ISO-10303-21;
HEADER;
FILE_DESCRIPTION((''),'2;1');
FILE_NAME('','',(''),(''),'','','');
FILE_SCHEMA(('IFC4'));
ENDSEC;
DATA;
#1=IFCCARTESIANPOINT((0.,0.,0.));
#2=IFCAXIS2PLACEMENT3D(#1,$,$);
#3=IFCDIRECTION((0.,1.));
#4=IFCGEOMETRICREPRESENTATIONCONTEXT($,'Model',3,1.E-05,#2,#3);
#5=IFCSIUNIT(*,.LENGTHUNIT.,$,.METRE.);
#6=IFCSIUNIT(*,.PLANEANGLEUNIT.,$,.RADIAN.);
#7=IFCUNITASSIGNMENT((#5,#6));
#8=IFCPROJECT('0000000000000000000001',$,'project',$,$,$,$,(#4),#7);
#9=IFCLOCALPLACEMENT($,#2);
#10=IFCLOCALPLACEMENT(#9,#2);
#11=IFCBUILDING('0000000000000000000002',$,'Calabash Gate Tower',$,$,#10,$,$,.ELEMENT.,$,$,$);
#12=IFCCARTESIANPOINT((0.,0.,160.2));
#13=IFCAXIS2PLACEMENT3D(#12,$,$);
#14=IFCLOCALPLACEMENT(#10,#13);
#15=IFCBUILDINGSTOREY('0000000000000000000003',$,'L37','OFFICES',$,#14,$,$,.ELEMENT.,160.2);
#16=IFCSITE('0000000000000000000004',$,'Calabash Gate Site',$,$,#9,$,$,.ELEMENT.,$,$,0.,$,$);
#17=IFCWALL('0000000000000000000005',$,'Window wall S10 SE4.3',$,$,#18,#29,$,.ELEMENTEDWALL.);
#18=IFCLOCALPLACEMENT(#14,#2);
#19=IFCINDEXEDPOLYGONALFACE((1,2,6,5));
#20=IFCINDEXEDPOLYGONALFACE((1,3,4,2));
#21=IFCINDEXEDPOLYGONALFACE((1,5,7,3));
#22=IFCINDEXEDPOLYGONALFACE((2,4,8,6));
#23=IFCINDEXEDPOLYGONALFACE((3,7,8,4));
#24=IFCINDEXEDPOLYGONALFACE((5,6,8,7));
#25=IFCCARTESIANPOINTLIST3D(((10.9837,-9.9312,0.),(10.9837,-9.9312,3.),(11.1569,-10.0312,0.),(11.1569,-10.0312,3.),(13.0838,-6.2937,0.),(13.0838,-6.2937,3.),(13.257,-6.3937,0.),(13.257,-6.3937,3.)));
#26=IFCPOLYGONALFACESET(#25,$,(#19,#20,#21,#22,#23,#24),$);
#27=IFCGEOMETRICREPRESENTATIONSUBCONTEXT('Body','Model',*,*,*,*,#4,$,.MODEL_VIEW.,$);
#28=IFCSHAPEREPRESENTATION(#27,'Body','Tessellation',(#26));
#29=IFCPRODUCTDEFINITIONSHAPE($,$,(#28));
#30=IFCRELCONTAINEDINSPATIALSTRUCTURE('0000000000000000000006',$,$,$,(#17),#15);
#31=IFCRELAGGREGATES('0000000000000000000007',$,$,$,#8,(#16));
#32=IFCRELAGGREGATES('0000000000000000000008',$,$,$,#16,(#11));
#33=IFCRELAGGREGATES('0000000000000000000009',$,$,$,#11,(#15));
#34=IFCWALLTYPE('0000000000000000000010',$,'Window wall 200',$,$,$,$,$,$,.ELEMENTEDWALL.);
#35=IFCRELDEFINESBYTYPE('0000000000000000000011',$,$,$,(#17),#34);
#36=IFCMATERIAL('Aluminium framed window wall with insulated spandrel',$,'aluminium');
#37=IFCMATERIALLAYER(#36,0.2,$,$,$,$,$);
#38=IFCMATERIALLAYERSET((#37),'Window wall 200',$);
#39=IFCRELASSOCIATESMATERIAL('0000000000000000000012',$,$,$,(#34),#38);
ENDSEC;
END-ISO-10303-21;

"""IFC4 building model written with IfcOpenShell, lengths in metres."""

from ifc_helpers import new_model, si_unit, direction, frame, frame_2d, origin, place, context, subcontext, project, spatial, rectangle, extrude, material, layer, layer_set, type_object, element, save


model = new_model("IFC4")

# Units and contexts
model_context = context("Model", 3, precision=1e-05, world=origin(), true_north=direction((0.0, 1.0)))
body_context = subcontext(model_context, "Body", "Model", "MODEL_VIEW")
ifc_project = project(units=[si_unit("LENGTHUNIT", "METRE"), si_unit("PLANEANGLEUNIT", "RADIAN")], contexts=[model_context])

# Site, building, storey
site_placement = place(None, origin())
site = spatial("IfcSite", under=ifc_project, at=site_placement, Name="Calabash Gate Site", CompositionType="ELEMENT", RefElevation=0.0)
building_placement = place(site_placement, origin())
building = spatial("IfcBuilding", under=site, at=building_placement, Name="Calabash Gate Tower", CompositionType="ELEMENT")
storey_placement = place(building_placement, frame((0.0, 0.0, 160.2)))
storey = spatial("IfcBuildingStorey", under=building, at=storey_placement, Name="L37", Description="OFFICES", CompositionType="ELEMENT", Elevation=160.2)

# Shared definitions
ifc_material_1 = material(Name="Aluminium framed window wall with insulated spandrel", Category="aluminium")
ifc_layer_1 = layer(ifc_material_1, 0.2)
ifc_layer_set_1 = layer_set([ifc_layer_1], Name="Window wall 200")
wall_type_1 = type_object("IfcWallType", Name="Window wall 200", PredefinedType="ELEMENTEDWALL", material=ifc_layer_set_1)

# Wall
wall_1_placement = place(storey_placement, frame((11.0703, -9.9812, 0.0), z_axis=(0.0, 0.0, 1.0), x_axis=(0.500003, 0.866024, 0.0)))
element("IfcWall", 1, at=wall_1_placement, inside=storey, type_object=wall_type_1, Name="Window wall S10 SE4.3", PredefinedType="ELEMENTEDWALL", context=body_context, shape_type="SweptSolid", body=[
    extrude(rectangle(XDim=4.2002, YDim=0.2, at=frame_2d((2.1001, 0.0))), origin(), (0.0, 0.0, 1.0), 3.0),
])

save(model, "model.ifc")
